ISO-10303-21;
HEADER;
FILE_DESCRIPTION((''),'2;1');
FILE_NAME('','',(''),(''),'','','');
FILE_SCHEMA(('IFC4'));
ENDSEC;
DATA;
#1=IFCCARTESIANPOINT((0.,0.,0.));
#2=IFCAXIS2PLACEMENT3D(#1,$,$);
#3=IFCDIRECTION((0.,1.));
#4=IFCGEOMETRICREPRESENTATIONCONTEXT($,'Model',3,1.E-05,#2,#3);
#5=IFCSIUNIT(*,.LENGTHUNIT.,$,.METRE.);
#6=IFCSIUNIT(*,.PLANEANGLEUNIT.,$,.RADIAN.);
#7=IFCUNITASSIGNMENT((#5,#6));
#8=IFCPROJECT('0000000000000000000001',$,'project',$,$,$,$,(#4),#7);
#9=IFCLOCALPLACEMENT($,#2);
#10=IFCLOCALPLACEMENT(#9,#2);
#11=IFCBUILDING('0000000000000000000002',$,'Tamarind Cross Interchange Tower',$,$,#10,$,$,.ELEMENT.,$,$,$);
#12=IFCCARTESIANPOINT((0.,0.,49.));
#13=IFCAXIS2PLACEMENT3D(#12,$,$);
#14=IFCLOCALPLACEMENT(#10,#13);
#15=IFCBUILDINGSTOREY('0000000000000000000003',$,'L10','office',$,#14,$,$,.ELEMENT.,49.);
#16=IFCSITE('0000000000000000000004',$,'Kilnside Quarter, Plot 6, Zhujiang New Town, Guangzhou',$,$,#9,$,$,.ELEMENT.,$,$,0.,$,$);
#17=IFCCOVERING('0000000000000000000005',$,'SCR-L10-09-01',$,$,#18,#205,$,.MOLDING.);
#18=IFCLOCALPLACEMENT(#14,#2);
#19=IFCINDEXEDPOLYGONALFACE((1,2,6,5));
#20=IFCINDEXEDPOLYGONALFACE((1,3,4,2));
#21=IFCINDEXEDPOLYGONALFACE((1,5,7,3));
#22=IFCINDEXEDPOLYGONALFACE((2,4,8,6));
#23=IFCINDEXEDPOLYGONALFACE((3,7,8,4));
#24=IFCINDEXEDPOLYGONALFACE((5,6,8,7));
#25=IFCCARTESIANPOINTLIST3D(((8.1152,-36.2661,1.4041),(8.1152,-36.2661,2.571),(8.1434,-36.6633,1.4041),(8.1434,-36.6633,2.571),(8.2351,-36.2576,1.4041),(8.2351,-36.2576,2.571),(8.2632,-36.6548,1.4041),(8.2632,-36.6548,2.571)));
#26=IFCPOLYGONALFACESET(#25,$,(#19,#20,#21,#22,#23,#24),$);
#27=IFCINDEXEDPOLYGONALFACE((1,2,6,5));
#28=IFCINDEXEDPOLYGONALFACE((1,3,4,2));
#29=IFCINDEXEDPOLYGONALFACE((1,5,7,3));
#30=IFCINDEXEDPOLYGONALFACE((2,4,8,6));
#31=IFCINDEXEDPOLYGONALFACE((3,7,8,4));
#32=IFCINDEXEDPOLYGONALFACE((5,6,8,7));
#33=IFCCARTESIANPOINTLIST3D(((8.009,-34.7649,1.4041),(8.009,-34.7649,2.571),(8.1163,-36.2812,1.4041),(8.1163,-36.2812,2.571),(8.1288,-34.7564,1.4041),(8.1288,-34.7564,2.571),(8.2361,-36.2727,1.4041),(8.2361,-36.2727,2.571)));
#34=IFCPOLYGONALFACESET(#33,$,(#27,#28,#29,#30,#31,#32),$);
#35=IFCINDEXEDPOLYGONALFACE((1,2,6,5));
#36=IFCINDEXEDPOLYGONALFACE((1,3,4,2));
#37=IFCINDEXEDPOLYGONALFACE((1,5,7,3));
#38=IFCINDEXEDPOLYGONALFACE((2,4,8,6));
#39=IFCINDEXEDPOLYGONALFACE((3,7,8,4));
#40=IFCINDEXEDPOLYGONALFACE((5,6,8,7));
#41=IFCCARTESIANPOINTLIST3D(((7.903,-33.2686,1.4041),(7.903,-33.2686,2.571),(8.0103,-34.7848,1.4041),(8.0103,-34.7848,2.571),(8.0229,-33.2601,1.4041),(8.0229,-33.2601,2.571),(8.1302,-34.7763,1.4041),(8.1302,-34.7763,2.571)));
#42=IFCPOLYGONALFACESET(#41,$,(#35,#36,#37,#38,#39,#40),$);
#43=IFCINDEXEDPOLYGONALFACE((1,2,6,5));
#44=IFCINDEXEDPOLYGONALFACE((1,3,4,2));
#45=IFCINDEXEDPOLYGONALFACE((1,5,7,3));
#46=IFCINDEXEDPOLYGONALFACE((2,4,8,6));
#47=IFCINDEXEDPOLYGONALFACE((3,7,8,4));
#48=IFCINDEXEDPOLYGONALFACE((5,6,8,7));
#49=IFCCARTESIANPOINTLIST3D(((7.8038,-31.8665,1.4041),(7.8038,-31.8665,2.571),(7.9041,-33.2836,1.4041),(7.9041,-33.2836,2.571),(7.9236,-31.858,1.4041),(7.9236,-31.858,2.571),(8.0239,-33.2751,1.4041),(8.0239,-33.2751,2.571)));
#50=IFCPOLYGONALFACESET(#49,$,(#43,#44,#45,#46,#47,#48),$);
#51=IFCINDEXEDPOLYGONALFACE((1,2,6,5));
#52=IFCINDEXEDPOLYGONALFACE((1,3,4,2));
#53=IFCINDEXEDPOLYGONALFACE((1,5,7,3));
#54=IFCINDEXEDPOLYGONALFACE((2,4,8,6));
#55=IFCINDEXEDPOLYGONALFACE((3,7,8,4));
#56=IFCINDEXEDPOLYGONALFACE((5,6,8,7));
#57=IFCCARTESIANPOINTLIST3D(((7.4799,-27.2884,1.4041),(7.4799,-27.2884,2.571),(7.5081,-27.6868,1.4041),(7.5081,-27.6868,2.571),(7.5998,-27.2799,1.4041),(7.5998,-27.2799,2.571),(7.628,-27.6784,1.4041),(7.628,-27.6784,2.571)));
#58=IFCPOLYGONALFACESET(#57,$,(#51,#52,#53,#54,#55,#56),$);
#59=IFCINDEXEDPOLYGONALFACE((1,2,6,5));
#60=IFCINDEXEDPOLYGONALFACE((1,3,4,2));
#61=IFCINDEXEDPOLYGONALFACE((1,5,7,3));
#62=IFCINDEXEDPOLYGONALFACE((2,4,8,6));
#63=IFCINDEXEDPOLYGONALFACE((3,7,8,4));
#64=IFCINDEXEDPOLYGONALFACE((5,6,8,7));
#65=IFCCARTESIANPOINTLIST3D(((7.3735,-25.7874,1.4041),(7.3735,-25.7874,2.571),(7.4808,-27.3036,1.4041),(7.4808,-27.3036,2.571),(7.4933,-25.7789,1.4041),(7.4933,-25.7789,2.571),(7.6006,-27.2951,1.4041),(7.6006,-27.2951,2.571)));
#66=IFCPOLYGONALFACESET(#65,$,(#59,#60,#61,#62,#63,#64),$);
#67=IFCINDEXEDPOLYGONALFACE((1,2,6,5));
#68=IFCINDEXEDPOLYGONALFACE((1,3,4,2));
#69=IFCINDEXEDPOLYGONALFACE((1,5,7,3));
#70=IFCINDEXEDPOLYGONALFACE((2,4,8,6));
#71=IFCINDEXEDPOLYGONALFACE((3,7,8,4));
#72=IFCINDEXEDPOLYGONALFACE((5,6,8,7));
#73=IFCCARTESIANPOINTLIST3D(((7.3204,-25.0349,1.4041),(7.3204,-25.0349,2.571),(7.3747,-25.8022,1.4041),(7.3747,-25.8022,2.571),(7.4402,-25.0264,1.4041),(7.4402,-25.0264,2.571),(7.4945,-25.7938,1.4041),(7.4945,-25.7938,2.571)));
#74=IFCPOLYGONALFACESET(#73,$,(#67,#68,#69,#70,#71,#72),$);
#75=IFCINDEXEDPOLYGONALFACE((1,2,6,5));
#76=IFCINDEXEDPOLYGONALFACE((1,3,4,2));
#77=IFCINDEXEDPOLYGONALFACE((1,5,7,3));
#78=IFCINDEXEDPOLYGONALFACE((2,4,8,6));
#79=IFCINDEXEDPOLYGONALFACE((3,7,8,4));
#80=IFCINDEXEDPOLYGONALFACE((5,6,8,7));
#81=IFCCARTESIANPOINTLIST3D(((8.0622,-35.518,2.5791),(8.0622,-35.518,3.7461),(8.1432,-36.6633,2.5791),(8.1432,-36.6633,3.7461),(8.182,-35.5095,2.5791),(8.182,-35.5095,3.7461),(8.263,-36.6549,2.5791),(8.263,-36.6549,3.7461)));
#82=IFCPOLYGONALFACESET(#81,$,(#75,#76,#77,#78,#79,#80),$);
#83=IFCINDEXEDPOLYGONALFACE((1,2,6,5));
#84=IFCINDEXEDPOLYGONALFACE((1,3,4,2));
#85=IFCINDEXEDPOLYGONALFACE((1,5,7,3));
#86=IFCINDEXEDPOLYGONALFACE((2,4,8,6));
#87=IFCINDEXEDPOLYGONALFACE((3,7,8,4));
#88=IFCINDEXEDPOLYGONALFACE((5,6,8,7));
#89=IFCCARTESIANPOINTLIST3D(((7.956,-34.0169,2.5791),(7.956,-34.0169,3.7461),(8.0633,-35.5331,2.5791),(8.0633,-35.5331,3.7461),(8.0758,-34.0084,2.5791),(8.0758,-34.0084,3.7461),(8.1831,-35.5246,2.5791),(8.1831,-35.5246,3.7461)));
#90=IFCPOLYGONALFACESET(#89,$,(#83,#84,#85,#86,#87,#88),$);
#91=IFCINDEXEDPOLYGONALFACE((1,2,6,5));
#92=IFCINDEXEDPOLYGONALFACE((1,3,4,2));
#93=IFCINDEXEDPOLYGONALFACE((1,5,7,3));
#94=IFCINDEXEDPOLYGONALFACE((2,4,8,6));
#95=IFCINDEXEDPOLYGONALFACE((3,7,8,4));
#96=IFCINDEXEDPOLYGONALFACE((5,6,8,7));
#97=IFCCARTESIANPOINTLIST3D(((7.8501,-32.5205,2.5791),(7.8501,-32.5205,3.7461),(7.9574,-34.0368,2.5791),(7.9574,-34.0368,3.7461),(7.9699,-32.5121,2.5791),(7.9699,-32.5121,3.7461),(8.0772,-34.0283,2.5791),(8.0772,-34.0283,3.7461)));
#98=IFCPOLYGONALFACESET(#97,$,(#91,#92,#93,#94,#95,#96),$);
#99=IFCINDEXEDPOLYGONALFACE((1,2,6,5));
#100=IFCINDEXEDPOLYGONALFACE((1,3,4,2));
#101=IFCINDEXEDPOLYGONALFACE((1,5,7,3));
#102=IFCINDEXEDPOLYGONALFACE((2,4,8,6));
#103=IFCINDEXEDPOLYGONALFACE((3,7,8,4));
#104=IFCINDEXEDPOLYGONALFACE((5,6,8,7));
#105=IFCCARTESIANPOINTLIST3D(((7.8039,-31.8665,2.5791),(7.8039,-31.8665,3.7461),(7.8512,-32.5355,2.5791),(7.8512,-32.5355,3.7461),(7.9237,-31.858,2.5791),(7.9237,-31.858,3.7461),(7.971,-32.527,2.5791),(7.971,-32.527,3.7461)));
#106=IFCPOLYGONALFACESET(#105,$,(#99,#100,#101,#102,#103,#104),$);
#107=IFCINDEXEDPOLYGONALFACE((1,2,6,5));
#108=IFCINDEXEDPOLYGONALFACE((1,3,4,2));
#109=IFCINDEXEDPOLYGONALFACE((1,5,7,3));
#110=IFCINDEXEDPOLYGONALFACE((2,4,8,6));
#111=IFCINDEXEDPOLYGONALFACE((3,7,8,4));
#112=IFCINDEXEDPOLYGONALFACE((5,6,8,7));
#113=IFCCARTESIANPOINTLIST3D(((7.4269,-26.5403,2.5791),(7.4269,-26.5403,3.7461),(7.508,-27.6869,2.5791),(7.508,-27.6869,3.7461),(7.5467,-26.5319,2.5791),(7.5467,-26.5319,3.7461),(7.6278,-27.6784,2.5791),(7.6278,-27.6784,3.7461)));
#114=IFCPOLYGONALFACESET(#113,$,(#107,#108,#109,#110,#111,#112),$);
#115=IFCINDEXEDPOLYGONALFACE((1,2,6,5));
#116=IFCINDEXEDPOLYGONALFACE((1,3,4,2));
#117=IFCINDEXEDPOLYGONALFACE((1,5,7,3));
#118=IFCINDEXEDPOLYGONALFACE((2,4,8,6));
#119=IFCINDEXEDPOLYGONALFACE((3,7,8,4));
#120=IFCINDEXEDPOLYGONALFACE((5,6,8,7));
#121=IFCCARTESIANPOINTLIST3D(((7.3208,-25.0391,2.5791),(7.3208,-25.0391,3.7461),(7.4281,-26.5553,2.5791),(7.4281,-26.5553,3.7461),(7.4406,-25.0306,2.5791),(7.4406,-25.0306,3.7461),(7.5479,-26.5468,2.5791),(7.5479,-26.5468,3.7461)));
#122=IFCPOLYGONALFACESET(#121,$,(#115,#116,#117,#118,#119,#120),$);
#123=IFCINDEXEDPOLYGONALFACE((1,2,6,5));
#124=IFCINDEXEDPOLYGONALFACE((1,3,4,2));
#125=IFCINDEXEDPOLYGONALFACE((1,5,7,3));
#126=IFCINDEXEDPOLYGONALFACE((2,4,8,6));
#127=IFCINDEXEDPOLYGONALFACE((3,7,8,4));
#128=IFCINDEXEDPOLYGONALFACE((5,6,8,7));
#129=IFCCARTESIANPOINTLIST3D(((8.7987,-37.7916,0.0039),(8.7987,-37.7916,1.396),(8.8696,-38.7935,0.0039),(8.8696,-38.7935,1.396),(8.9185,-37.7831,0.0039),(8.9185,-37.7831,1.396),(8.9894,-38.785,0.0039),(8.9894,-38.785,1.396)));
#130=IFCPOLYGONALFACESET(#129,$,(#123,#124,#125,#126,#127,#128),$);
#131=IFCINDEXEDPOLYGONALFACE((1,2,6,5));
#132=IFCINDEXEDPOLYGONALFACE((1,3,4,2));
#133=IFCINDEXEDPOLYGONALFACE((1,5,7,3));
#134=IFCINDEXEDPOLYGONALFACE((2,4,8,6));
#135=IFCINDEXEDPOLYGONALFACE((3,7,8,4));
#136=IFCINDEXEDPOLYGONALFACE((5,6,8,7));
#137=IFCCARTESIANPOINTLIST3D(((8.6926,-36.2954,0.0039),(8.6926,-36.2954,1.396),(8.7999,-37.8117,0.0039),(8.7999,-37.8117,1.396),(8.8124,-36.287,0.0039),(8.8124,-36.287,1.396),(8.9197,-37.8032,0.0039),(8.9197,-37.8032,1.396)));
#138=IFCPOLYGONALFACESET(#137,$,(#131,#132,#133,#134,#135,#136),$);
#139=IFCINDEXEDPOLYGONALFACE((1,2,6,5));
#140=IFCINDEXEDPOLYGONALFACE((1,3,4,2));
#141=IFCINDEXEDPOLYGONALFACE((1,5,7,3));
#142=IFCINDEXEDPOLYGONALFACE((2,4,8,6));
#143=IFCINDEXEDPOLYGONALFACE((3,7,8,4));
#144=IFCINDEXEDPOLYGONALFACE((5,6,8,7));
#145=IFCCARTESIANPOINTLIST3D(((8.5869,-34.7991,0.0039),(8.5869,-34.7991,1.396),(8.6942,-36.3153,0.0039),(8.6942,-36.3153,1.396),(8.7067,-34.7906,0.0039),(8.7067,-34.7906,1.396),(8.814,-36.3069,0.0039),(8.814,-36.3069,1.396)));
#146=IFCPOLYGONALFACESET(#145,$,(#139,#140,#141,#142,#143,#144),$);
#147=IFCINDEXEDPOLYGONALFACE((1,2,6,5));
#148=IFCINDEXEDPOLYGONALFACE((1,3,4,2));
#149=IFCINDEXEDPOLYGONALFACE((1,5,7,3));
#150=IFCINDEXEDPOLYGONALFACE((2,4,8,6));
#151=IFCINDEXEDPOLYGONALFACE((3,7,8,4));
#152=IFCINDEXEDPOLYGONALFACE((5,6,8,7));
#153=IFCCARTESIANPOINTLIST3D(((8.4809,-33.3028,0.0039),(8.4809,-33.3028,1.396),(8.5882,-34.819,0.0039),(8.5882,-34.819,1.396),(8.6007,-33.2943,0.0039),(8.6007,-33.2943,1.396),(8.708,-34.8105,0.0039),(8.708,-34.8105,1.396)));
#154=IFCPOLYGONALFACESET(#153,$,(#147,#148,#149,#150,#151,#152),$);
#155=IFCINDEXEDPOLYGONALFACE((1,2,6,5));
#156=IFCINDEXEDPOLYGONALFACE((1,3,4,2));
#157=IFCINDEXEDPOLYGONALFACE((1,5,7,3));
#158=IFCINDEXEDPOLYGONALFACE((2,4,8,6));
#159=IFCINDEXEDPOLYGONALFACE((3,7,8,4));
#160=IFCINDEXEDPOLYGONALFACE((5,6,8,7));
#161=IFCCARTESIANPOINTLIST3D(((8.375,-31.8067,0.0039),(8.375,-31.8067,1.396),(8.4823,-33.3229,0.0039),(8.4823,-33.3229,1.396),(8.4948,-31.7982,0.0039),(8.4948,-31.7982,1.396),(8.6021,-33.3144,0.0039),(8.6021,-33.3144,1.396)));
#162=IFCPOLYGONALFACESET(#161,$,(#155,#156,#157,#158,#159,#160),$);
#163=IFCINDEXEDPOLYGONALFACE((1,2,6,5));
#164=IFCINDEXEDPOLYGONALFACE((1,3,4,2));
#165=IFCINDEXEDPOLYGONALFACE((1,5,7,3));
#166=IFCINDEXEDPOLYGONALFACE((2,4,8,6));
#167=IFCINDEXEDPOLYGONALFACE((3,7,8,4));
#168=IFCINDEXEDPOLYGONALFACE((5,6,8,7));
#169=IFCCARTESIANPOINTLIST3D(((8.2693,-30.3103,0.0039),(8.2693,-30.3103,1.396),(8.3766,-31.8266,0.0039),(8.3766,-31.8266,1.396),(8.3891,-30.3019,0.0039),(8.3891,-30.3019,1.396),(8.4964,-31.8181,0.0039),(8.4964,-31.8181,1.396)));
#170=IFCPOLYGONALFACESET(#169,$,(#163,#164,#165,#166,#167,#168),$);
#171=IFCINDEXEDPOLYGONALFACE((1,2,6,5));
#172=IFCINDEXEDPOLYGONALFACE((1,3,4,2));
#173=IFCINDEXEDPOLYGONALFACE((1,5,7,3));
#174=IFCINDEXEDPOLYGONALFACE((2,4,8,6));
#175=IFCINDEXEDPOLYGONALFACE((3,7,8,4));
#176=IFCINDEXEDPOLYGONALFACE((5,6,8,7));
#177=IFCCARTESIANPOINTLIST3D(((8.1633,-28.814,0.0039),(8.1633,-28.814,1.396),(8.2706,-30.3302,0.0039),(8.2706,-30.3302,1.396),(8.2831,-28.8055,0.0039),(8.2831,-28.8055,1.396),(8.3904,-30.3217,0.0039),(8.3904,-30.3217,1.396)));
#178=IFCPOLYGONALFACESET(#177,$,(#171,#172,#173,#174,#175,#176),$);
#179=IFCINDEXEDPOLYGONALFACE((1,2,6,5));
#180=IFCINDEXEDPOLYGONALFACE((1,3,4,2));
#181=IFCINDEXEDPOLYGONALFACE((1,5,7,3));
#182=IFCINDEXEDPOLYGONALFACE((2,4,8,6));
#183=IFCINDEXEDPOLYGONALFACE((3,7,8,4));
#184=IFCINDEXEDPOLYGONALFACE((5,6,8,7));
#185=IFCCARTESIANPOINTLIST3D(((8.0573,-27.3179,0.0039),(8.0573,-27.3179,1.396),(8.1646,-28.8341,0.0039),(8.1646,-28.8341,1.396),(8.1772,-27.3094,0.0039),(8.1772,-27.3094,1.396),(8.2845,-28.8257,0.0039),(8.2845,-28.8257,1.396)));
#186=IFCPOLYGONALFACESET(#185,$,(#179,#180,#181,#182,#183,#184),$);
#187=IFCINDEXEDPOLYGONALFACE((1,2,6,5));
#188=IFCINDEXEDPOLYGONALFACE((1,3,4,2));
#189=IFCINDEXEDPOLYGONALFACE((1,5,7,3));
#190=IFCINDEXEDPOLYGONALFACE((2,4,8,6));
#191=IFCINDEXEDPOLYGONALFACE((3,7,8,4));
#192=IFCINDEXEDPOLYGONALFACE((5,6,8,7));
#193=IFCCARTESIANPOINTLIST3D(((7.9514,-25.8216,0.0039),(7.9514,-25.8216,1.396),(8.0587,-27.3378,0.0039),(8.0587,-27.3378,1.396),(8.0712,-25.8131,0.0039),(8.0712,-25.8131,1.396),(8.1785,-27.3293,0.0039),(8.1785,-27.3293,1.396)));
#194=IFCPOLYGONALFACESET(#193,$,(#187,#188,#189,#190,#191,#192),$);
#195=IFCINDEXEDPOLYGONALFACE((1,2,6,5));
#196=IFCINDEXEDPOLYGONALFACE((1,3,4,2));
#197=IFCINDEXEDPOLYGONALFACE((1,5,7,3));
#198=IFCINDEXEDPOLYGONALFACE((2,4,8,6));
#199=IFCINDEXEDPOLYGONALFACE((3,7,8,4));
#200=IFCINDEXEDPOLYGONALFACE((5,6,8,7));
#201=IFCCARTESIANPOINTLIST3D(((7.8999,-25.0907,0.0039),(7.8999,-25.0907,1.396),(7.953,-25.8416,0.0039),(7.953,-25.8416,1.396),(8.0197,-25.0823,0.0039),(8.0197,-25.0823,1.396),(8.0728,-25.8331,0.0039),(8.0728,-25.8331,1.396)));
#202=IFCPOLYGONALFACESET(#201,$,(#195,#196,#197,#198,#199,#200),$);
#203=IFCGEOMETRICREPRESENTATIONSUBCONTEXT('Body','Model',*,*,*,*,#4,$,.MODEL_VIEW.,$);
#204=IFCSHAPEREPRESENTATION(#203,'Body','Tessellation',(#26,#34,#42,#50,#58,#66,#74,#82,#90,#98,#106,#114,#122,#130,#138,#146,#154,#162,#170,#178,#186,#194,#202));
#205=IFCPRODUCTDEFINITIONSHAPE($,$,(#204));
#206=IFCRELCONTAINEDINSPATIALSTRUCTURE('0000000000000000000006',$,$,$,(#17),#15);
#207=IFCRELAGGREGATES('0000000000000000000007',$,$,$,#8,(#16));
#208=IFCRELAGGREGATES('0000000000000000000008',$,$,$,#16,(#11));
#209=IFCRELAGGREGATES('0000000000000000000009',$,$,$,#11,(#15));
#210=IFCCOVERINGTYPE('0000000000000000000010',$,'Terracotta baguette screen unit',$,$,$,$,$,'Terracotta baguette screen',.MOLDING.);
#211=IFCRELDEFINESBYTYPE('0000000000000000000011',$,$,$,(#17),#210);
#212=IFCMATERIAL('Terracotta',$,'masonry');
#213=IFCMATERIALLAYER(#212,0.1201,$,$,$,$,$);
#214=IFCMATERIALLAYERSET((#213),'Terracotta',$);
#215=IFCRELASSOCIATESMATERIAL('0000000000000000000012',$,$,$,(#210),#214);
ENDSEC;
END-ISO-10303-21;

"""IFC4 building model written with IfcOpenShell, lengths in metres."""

from ifc_helpers import new_model, si_unit, direction, frame, origin, origin_2d, place, context, subcontext, project, spatial, rectangle, extrude, material, layer, layer_set, type_object, element, save


model = new_model("IFC4")

# Units and contexts
model_context = context("Model", 3, precision=1e-05, world=origin(), true_north=direction((0.0, 1.0)))
body_context = subcontext(model_context, "Body", "Model", "MODEL_VIEW")
ifc_project = project(units=[si_unit("LENGTHUNIT", "METRE"), si_unit("PLANEANGLEUNIT", "RADIAN")], contexts=[model_context])

# Site, building, storey
site_placement = place(None, origin())
site = spatial("IfcSite", under=ifc_project, at=site_placement, Name="Kilnside Quarter, Plot 6, Zhujiang New Town, Guangzhou", CompositionType="ELEMENT", RefElevation=0.0)
building_placement = place(site_placement, origin())
building = spatial("IfcBuilding", under=site, at=building_placement, Name="Tamarind Cross Interchange Tower", CompositionType="ELEMENT")
storey_placement = place(building_placement, frame((0.0, 0.0, 49.0)))
storey = spatial("IfcBuildingStorey", under=building, at=storey_placement, Name="L10", Description="office", CompositionType="ELEMENT", Elevation=49.0)

# Covering
ifc_material_1 = material(Name="Terracotta", Category="masonry")
ifc_layer_1 = layer(ifc_material_1, 0.1201)
ifc_layer_set_1 = layer_set([ifc_layer_1], Name="Terracotta")
covering_type = type_object("IfcCoveringType", Name="Terracotta baguette screen unit", ElementType="Terracotta baguette screen", PredefinedType="MOLDING", material=ifc_layer_set_1)
covering_1_placement = place(storey_placement, origin())
element("IfcCovering", 1, at=covering_1_placement, inside=storey, type_object=covering_type, Name="SCR-L10-09-01", PredefinedType="MOLDING", context=body_context, shape_type="SweptSolid", body=[
    extrude(rectangle(XDim=0.3982, YDim=0.1201, at=origin_2d()), frame((8.1892, -36.4604, 1.4041), z_axis=(0.0, 0.0, 1.0), x_axis=(-0.070594, 0.997505, 0.0)), (0.0, 0.0, 1.0), 1.167),
    extrude(rectangle(XDim=1.52, YDim=0.1201, at=origin_2d()), frame((8.1226, -35.5188, 1.4041), z_axis=(0.0, 0.0, 1.0), x_axis=(-0.070594, 0.997505, 0.0)), (0.0, 0.0, 1.0), 1.167),
    extrude(rectangle(XDim=1.52, YDim=0.1201, at=origin_2d()), frame((8.0166, -34.0225, 1.4041), z_axis=(0.0, 0.0, 1.0), x_axis=(-0.070594, 0.997505, 0.0)), (0.0, 0.0, 1.0), 1.167),
    extrude(rectangle(XDim=1.4207, YDim=0.1201, at=origin_2d()), frame((7.9138, -32.5708, 1.4041), z_axis=(0.0, 0.0, 1.0), x_axis=(-0.070594, 0.997505, 0.0)), (0.0, 0.0, 1.0), 1.167),
    extrude(rectangle(XDim=0.3994, YDim=0.1201, at=origin_2d()), frame((7.554, -27.4834, 1.4041), z_axis=(0.0, 0.0, 1.0), x_axis=(-0.070594, 0.997505, 0.0)), (0.0, 0.0, 1.0), 1.167),
    extrude(rectangle(XDim=1.52, YDim=0.1201, at=origin_2d()), frame((7.4871, -26.5413, 1.4041), z_axis=(0.0, 0.0, 1.0), x_axis=(-0.070594, 0.997505, 0.0)), (0.0, 0.0, 1.0), 1.167),
    extrude(rectangle(XDim=0.7693, YDim=0.1201, at=origin_2d()), frame((7.4075, -25.4143, 1.4041), z_axis=(0.0, 0.0, 1.0), x_axis=(-0.070594, 0.997505, 0.0)), (0.0, 0.0, 1.0), 1.167),
    extrude(rectangle(XDim=1.1482, YDim=0.1201, at=origin_2d()), frame((8.1626, -36.0864, 2.5791), z_axis=(0.0, 0.0, 1.0), x_axis=(-0.070594, 0.997505, 0.0)), (0.0, 0.0, 1.0), 1.167),
    extrude(rectangle(XDim=1.52, YDim=0.1201, at=origin_2d()), frame((8.0696, -34.7708, 2.5791), z_axis=(0.0, 0.0, 1.0), x_axis=(-0.070594, 0.997505, 0.0)), (0.0, 0.0, 1.0), 1.167),
    extrude(rectangle(XDim=1.52, YDim=0.1201, at=origin_2d()), frame((7.9636, -33.2744, 2.5791), z_axis=(0.0, 0.0, 1.0), x_axis=(-0.070594, 0.997505, 0.0)), (0.0, 0.0, 1.0), 1.167),
    extrude(rectangle(XDim=0.6707, YDim=0.1201, at=origin_2d()), frame((7.8875, -32.1968, 2.5791), z_axis=(0.0, 0.0, 1.0), x_axis=(-0.070594, 0.997505, 0.0)), (0.0, 0.0, 1.0), 1.167),
    extrude(rectangle(XDim=1.1494, YDim=0.1201, at=origin_2d()), frame((7.5273, -27.1094, 2.5791), z_axis=(0.0, 0.0, 1.0), x_axis=(-0.070594, 0.997505, 0.0)), (0.0, 0.0, 1.0), 1.167),
    extrude(rectangle(XDim=1.52, YDim=0.1201, at=origin_2d()), frame((7.4343, -25.793, 2.5791), z_axis=(0.0, 0.0, 1.0), x_axis=(-0.070594, 0.997505, 0.0)), (0.0, 0.0, 1.0), 1.167),
    extrude(rectangle(XDim=1.0044, YDim=0.1201, at=origin_2d()), frame((8.894, -38.2883, 0.0039), z_axis=(0.0, 0.0, 1.0), x_axis=(-0.070594, 0.997505, 0.0)), (0.0, 0.0, 1.0), 1.3921),
    extrude(rectangle(XDim=1.52, YDim=0.1201, at=origin_2d()), frame((8.8062, -37.0493, 0.0039), z_axis=(0.0, 0.0, 1.0), x_axis=(-0.070594, 0.997505, 0.0)), (0.0, 0.0, 1.0), 1.3921),
    extrude(rectangle(XDim=1.52, YDim=0.1201, at=origin_2d()), frame((8.7004, -35.553, 0.0039), z_axis=(0.0, 0.0, 1.0), x_axis=(-0.070594, 0.997505, 0.0)), (0.0, 0.0, 1.0), 1.3921),
    extrude(rectangle(XDim=1.52, YDim=0.1201, at=origin_2d()), frame((8.5945, -34.0566, 0.0039), z_axis=(0.0, 0.0, 1.0), x_axis=(-0.070594, 0.997505, 0.0)), (0.0, 0.0, 1.0), 1.3921),
    extrude(rectangle(XDim=1.52, YDim=0.1201, at=origin_2d()), frame((8.4885, -32.5605, 0.0039), z_axis=(0.0, 0.0, 1.0), x_axis=(-0.070594, 0.997505, 0.0)), (0.0, 0.0, 1.0), 1.3921),
    extrude(rectangle(XDim=1.52, YDim=0.1201, at=origin_2d()), frame((8.3828, -31.0642, 0.0039), z_axis=(0.0, 0.0, 1.0), x_axis=(-0.070594, 0.997505, 0.0)), (0.0, 0.0, 1.0), 1.3921),
    extrude(rectangle(XDim=1.52, YDim=0.1201, at=origin_2d()), frame((8.2769, -29.5679, 0.0039), z_axis=(0.0, 0.0, 1.0), x_axis=(-0.070594, 0.997505, 0.0)), (0.0, 0.0, 1.0), 1.3921),
    extrude(rectangle(XDim=1.52, YDim=0.1201, at=origin_2d()), frame((8.1709, -28.0718, 0.0039), z_axis=(0.0, 0.0, 1.0), x_axis=(-0.070594, 0.997505, 0.0)), (0.0, 0.0, 1.0), 1.3921),
    extrude(rectangle(XDim=1.52, YDim=0.1201, at=origin_2d()), frame((8.0649, -26.5754, 0.0039), z_axis=(0.0, 0.0, 1.0), x_axis=(-0.070594, 0.997505, 0.0)), (0.0, 0.0, 1.0), 1.3921),
    extrude(rectangle(XDim=0.7527, YDim=0.1201, at=origin_2d()), frame((7.9863, -25.4619, 0.0039), z_axis=(0.0, 0.0, 1.0), x_axis=(-0.070594, 0.997505, 0.0)), (0.0, 0.0, 1.0), 1.3921),
])

save(model, "model.ifc")
